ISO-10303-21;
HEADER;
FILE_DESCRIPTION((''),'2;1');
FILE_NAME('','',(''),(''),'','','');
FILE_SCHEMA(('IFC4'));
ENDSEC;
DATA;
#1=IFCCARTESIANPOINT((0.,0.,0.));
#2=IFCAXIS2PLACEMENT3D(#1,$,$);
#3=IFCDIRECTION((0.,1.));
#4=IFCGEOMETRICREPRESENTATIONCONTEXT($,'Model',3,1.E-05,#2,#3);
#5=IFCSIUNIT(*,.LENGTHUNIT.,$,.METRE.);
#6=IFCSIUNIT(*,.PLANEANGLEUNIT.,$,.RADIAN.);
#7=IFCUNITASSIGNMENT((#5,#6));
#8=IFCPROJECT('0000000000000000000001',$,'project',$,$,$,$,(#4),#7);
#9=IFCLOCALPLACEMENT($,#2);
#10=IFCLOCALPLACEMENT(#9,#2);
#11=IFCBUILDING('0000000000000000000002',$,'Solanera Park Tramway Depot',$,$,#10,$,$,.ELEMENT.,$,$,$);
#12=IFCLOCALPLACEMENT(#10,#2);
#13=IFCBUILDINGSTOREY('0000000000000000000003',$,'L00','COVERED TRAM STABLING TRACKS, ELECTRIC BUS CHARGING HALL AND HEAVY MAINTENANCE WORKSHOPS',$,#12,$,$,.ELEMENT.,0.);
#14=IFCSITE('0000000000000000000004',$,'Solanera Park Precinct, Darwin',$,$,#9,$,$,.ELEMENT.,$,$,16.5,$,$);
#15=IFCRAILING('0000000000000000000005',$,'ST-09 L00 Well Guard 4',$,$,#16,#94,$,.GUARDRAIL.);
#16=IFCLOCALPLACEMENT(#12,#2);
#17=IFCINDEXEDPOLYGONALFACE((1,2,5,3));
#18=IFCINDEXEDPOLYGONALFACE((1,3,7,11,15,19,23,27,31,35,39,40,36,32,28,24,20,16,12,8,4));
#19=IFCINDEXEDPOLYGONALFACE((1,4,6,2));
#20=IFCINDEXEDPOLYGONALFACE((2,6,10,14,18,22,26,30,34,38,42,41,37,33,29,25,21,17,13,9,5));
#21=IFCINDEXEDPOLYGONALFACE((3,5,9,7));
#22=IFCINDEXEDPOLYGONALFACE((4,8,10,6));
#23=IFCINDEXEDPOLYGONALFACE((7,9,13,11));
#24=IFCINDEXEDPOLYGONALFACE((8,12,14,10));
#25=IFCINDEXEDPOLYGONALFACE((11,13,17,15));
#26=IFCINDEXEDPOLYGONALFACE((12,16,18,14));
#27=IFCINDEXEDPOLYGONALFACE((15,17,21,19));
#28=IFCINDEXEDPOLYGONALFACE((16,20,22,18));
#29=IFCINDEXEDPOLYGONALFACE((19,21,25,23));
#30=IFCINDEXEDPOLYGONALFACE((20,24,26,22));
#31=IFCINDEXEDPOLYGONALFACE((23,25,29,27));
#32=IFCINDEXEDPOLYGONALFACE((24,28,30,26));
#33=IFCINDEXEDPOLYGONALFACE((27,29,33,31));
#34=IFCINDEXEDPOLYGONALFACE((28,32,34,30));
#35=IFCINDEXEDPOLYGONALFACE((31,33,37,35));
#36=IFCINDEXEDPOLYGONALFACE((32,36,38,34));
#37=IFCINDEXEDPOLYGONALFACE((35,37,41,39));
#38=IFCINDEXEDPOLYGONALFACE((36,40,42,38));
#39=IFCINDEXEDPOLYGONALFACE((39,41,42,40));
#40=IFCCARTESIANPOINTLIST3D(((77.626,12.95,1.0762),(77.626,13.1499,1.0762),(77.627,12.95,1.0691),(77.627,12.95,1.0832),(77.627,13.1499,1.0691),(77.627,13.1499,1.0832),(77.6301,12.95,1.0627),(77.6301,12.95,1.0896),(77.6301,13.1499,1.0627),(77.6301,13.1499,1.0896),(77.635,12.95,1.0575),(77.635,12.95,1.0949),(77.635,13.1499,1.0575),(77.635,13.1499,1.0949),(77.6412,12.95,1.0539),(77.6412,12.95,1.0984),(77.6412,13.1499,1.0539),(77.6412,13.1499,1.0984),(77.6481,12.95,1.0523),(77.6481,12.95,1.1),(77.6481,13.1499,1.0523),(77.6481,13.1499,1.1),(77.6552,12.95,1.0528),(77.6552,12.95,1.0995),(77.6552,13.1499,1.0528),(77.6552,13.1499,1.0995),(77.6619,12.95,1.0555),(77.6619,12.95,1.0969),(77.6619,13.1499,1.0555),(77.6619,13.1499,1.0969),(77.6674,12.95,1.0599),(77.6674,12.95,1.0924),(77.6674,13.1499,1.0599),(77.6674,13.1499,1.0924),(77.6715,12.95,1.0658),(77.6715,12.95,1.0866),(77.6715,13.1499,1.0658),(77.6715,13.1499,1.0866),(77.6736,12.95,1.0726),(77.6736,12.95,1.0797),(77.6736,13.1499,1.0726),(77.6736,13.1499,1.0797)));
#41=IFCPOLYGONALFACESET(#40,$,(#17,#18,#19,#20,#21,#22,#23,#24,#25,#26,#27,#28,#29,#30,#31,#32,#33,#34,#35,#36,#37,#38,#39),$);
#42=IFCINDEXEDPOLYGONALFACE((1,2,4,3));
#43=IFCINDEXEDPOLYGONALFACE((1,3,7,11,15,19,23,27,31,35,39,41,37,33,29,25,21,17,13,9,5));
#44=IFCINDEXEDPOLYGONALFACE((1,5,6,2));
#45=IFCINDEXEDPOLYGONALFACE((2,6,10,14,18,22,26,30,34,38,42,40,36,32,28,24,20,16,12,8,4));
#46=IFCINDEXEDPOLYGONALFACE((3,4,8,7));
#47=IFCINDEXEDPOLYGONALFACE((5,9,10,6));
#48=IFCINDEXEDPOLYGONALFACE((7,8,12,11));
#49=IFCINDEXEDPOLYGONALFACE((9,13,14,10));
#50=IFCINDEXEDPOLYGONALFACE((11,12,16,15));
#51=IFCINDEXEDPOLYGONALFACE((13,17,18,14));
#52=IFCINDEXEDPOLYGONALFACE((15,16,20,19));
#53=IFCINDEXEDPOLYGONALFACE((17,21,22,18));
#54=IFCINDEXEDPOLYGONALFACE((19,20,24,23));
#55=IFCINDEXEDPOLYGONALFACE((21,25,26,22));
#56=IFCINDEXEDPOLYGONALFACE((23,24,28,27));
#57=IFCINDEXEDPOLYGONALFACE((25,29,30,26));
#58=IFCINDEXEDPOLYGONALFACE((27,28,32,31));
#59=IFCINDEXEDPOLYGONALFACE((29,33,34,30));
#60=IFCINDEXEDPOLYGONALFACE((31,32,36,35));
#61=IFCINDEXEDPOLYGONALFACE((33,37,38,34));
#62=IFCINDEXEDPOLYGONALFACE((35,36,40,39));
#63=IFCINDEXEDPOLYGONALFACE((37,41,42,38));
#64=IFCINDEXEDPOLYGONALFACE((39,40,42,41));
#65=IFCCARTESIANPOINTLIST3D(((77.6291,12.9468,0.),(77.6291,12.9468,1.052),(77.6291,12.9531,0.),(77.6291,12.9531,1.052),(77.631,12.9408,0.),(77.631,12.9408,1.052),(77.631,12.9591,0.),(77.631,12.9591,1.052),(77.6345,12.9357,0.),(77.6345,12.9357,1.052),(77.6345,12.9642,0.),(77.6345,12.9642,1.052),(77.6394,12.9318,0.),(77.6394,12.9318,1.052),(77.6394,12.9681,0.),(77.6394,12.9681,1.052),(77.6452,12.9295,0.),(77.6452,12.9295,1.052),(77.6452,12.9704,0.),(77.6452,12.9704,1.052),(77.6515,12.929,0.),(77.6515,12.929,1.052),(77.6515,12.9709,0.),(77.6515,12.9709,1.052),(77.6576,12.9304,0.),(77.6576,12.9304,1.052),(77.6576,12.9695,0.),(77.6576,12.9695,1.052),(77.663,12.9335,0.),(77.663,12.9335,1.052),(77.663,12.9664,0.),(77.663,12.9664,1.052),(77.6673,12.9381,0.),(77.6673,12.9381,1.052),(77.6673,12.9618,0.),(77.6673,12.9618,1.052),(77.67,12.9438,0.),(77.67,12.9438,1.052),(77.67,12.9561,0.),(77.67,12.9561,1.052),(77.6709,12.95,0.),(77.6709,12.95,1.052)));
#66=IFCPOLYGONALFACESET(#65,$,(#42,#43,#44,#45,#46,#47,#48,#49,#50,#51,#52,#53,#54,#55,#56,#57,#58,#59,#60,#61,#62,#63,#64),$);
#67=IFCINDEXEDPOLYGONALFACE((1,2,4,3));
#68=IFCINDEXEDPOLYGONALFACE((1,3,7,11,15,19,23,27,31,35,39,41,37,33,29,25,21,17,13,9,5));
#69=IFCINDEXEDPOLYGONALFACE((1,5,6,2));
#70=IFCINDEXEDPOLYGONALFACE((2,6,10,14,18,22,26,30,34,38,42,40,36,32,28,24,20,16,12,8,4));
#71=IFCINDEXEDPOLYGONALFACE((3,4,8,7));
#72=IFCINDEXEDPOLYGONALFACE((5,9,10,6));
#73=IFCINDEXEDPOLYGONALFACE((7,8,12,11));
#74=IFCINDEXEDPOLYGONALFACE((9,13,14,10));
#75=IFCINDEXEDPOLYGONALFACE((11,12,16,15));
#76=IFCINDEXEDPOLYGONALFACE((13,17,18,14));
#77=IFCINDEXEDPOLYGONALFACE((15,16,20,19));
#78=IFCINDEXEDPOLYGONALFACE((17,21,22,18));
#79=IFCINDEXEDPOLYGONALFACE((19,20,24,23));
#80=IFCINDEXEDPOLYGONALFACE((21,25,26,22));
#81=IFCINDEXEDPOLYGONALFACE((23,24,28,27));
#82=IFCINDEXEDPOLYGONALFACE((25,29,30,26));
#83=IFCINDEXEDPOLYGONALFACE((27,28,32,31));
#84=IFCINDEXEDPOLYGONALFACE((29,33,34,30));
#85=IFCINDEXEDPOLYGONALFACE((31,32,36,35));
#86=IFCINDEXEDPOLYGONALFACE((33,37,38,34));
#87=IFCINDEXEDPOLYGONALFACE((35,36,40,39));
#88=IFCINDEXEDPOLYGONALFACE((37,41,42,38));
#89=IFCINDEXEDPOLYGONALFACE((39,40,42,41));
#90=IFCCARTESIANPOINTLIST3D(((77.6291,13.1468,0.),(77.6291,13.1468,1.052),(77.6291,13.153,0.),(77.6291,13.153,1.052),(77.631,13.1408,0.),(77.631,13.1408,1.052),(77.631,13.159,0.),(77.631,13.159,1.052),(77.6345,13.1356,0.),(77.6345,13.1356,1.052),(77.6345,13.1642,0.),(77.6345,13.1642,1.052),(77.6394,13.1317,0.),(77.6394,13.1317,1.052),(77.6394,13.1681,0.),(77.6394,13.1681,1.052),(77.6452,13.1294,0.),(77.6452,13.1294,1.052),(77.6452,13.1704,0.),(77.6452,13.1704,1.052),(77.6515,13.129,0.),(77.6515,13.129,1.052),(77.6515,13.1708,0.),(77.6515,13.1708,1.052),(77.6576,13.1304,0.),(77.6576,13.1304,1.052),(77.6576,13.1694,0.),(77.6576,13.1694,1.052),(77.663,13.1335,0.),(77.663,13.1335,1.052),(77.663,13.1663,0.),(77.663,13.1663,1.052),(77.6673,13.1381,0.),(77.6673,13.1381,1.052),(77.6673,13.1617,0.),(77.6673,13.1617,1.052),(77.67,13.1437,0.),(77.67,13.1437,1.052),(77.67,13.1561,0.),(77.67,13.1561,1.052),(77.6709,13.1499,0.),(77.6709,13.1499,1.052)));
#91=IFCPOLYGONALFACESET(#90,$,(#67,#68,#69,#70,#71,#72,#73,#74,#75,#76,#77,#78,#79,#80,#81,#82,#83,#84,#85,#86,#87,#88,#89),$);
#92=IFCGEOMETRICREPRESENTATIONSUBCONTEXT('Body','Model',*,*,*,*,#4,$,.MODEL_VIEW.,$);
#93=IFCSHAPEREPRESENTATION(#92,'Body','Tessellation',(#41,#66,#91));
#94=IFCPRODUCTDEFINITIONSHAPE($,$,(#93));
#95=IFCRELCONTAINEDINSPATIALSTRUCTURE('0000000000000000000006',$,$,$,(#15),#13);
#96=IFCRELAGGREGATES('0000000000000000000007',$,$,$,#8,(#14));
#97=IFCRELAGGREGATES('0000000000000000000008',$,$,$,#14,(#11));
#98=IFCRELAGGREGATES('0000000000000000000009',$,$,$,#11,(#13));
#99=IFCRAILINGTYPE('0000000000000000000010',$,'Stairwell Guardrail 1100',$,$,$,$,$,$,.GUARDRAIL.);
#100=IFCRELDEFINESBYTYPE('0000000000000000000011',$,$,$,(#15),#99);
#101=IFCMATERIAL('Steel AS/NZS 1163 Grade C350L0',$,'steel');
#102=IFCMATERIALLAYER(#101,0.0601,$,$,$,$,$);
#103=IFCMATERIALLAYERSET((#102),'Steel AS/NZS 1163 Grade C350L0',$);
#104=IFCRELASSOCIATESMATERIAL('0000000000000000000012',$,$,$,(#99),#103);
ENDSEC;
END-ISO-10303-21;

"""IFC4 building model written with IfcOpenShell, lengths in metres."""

from ifc_helpers import new_model, si_unit, direction, frame, origin, origin_2d, place, context, subcontext, project, spatial, circle, extrude, material, layer, layer_set, type_object, element, save


model = new_model("IFC4")

# Units and contexts
model_context = context("Model", 3, precision=1e-05, world=origin(), true_north=direction((0.0, 1.0)))
body_context = subcontext(model_context, "Body", "Model", "MODEL_VIEW")
ifc_project = project(units=[si_unit("LENGTHUNIT", "METRE"), si_unit("PLANEANGLEUNIT", "RADIAN")], contexts=[model_context])

# Site, building, storey
site_placement = place(None, origin())
site = spatial("IfcSite", under=ifc_project, at=site_placement, Name="Solanera Park Precinct, Darwin", CompositionType="ELEMENT", RefElevation=16.5)
building_placement = place(site_placement, origin())
building = spatial("IfcBuilding", under=site, at=building_placement, Name="Solanera Park Tramway Depot", CompositionType="ELEMENT")
storey_placement = place(building_placement, origin())
storey = spatial("IfcBuildingStorey", under=building, at=storey_placement, Name="L00", Description="COVERED TRAM STABLING TRACKS, ELECTRIC BUS CHARGING HALL AND HEAVY MAINTENANCE WORKSHOPS", CompositionType="ELEMENT", Elevation=0.0)

# Railing
ifc_material_1 = material(Name="Steel AS/NZS 1163 Grade C350L0", Category="steel")
ifc_layer_1 = layer(ifc_material_1, 0.0601)
ifc_layer_set_1 = layer_set([ifc_layer_1], Name="Steel AS/NZS 1163 Grade C350L0")
railing_type_1 = type_object("IfcRailingType", Name="Stairwell Guardrail 1100", PredefinedType="GUARDRAIL", material=ifc_layer_set_1)
railing_1_placement = place(storey_placement, frame((77.6499, 12.95, 0.0)))
element("IfcRailing", 1, at=railing_1_placement, inside=storey, type_object=railing_type_1, Name="ST-09 L00 Well Guard 4", PredefinedType="GUARDRAIL", context=body_context, shape_type="SweptSolid", body=[
    extrude(circle(Radius=0.0239, at=origin_2d()), frame((0.0, 0.0, 1.0762), z_axis=(0.0, 1.0, 0.0), x_axis=(-1.0, 0.0, 0.0)), (0.0, 0.0, 1.0), 0.2),
    extrude(circle(Radius=0.021, at=origin_2d()), origin(), (0.0, 0.0, 1.0), 1.052),
    extrude(circle(Radius=0.021, at=origin_2d()), frame((0.0, 0.2, 0.0)), (0.0, 0.0, 1.0), 1.052),
])

save(model, "model.ifc")
